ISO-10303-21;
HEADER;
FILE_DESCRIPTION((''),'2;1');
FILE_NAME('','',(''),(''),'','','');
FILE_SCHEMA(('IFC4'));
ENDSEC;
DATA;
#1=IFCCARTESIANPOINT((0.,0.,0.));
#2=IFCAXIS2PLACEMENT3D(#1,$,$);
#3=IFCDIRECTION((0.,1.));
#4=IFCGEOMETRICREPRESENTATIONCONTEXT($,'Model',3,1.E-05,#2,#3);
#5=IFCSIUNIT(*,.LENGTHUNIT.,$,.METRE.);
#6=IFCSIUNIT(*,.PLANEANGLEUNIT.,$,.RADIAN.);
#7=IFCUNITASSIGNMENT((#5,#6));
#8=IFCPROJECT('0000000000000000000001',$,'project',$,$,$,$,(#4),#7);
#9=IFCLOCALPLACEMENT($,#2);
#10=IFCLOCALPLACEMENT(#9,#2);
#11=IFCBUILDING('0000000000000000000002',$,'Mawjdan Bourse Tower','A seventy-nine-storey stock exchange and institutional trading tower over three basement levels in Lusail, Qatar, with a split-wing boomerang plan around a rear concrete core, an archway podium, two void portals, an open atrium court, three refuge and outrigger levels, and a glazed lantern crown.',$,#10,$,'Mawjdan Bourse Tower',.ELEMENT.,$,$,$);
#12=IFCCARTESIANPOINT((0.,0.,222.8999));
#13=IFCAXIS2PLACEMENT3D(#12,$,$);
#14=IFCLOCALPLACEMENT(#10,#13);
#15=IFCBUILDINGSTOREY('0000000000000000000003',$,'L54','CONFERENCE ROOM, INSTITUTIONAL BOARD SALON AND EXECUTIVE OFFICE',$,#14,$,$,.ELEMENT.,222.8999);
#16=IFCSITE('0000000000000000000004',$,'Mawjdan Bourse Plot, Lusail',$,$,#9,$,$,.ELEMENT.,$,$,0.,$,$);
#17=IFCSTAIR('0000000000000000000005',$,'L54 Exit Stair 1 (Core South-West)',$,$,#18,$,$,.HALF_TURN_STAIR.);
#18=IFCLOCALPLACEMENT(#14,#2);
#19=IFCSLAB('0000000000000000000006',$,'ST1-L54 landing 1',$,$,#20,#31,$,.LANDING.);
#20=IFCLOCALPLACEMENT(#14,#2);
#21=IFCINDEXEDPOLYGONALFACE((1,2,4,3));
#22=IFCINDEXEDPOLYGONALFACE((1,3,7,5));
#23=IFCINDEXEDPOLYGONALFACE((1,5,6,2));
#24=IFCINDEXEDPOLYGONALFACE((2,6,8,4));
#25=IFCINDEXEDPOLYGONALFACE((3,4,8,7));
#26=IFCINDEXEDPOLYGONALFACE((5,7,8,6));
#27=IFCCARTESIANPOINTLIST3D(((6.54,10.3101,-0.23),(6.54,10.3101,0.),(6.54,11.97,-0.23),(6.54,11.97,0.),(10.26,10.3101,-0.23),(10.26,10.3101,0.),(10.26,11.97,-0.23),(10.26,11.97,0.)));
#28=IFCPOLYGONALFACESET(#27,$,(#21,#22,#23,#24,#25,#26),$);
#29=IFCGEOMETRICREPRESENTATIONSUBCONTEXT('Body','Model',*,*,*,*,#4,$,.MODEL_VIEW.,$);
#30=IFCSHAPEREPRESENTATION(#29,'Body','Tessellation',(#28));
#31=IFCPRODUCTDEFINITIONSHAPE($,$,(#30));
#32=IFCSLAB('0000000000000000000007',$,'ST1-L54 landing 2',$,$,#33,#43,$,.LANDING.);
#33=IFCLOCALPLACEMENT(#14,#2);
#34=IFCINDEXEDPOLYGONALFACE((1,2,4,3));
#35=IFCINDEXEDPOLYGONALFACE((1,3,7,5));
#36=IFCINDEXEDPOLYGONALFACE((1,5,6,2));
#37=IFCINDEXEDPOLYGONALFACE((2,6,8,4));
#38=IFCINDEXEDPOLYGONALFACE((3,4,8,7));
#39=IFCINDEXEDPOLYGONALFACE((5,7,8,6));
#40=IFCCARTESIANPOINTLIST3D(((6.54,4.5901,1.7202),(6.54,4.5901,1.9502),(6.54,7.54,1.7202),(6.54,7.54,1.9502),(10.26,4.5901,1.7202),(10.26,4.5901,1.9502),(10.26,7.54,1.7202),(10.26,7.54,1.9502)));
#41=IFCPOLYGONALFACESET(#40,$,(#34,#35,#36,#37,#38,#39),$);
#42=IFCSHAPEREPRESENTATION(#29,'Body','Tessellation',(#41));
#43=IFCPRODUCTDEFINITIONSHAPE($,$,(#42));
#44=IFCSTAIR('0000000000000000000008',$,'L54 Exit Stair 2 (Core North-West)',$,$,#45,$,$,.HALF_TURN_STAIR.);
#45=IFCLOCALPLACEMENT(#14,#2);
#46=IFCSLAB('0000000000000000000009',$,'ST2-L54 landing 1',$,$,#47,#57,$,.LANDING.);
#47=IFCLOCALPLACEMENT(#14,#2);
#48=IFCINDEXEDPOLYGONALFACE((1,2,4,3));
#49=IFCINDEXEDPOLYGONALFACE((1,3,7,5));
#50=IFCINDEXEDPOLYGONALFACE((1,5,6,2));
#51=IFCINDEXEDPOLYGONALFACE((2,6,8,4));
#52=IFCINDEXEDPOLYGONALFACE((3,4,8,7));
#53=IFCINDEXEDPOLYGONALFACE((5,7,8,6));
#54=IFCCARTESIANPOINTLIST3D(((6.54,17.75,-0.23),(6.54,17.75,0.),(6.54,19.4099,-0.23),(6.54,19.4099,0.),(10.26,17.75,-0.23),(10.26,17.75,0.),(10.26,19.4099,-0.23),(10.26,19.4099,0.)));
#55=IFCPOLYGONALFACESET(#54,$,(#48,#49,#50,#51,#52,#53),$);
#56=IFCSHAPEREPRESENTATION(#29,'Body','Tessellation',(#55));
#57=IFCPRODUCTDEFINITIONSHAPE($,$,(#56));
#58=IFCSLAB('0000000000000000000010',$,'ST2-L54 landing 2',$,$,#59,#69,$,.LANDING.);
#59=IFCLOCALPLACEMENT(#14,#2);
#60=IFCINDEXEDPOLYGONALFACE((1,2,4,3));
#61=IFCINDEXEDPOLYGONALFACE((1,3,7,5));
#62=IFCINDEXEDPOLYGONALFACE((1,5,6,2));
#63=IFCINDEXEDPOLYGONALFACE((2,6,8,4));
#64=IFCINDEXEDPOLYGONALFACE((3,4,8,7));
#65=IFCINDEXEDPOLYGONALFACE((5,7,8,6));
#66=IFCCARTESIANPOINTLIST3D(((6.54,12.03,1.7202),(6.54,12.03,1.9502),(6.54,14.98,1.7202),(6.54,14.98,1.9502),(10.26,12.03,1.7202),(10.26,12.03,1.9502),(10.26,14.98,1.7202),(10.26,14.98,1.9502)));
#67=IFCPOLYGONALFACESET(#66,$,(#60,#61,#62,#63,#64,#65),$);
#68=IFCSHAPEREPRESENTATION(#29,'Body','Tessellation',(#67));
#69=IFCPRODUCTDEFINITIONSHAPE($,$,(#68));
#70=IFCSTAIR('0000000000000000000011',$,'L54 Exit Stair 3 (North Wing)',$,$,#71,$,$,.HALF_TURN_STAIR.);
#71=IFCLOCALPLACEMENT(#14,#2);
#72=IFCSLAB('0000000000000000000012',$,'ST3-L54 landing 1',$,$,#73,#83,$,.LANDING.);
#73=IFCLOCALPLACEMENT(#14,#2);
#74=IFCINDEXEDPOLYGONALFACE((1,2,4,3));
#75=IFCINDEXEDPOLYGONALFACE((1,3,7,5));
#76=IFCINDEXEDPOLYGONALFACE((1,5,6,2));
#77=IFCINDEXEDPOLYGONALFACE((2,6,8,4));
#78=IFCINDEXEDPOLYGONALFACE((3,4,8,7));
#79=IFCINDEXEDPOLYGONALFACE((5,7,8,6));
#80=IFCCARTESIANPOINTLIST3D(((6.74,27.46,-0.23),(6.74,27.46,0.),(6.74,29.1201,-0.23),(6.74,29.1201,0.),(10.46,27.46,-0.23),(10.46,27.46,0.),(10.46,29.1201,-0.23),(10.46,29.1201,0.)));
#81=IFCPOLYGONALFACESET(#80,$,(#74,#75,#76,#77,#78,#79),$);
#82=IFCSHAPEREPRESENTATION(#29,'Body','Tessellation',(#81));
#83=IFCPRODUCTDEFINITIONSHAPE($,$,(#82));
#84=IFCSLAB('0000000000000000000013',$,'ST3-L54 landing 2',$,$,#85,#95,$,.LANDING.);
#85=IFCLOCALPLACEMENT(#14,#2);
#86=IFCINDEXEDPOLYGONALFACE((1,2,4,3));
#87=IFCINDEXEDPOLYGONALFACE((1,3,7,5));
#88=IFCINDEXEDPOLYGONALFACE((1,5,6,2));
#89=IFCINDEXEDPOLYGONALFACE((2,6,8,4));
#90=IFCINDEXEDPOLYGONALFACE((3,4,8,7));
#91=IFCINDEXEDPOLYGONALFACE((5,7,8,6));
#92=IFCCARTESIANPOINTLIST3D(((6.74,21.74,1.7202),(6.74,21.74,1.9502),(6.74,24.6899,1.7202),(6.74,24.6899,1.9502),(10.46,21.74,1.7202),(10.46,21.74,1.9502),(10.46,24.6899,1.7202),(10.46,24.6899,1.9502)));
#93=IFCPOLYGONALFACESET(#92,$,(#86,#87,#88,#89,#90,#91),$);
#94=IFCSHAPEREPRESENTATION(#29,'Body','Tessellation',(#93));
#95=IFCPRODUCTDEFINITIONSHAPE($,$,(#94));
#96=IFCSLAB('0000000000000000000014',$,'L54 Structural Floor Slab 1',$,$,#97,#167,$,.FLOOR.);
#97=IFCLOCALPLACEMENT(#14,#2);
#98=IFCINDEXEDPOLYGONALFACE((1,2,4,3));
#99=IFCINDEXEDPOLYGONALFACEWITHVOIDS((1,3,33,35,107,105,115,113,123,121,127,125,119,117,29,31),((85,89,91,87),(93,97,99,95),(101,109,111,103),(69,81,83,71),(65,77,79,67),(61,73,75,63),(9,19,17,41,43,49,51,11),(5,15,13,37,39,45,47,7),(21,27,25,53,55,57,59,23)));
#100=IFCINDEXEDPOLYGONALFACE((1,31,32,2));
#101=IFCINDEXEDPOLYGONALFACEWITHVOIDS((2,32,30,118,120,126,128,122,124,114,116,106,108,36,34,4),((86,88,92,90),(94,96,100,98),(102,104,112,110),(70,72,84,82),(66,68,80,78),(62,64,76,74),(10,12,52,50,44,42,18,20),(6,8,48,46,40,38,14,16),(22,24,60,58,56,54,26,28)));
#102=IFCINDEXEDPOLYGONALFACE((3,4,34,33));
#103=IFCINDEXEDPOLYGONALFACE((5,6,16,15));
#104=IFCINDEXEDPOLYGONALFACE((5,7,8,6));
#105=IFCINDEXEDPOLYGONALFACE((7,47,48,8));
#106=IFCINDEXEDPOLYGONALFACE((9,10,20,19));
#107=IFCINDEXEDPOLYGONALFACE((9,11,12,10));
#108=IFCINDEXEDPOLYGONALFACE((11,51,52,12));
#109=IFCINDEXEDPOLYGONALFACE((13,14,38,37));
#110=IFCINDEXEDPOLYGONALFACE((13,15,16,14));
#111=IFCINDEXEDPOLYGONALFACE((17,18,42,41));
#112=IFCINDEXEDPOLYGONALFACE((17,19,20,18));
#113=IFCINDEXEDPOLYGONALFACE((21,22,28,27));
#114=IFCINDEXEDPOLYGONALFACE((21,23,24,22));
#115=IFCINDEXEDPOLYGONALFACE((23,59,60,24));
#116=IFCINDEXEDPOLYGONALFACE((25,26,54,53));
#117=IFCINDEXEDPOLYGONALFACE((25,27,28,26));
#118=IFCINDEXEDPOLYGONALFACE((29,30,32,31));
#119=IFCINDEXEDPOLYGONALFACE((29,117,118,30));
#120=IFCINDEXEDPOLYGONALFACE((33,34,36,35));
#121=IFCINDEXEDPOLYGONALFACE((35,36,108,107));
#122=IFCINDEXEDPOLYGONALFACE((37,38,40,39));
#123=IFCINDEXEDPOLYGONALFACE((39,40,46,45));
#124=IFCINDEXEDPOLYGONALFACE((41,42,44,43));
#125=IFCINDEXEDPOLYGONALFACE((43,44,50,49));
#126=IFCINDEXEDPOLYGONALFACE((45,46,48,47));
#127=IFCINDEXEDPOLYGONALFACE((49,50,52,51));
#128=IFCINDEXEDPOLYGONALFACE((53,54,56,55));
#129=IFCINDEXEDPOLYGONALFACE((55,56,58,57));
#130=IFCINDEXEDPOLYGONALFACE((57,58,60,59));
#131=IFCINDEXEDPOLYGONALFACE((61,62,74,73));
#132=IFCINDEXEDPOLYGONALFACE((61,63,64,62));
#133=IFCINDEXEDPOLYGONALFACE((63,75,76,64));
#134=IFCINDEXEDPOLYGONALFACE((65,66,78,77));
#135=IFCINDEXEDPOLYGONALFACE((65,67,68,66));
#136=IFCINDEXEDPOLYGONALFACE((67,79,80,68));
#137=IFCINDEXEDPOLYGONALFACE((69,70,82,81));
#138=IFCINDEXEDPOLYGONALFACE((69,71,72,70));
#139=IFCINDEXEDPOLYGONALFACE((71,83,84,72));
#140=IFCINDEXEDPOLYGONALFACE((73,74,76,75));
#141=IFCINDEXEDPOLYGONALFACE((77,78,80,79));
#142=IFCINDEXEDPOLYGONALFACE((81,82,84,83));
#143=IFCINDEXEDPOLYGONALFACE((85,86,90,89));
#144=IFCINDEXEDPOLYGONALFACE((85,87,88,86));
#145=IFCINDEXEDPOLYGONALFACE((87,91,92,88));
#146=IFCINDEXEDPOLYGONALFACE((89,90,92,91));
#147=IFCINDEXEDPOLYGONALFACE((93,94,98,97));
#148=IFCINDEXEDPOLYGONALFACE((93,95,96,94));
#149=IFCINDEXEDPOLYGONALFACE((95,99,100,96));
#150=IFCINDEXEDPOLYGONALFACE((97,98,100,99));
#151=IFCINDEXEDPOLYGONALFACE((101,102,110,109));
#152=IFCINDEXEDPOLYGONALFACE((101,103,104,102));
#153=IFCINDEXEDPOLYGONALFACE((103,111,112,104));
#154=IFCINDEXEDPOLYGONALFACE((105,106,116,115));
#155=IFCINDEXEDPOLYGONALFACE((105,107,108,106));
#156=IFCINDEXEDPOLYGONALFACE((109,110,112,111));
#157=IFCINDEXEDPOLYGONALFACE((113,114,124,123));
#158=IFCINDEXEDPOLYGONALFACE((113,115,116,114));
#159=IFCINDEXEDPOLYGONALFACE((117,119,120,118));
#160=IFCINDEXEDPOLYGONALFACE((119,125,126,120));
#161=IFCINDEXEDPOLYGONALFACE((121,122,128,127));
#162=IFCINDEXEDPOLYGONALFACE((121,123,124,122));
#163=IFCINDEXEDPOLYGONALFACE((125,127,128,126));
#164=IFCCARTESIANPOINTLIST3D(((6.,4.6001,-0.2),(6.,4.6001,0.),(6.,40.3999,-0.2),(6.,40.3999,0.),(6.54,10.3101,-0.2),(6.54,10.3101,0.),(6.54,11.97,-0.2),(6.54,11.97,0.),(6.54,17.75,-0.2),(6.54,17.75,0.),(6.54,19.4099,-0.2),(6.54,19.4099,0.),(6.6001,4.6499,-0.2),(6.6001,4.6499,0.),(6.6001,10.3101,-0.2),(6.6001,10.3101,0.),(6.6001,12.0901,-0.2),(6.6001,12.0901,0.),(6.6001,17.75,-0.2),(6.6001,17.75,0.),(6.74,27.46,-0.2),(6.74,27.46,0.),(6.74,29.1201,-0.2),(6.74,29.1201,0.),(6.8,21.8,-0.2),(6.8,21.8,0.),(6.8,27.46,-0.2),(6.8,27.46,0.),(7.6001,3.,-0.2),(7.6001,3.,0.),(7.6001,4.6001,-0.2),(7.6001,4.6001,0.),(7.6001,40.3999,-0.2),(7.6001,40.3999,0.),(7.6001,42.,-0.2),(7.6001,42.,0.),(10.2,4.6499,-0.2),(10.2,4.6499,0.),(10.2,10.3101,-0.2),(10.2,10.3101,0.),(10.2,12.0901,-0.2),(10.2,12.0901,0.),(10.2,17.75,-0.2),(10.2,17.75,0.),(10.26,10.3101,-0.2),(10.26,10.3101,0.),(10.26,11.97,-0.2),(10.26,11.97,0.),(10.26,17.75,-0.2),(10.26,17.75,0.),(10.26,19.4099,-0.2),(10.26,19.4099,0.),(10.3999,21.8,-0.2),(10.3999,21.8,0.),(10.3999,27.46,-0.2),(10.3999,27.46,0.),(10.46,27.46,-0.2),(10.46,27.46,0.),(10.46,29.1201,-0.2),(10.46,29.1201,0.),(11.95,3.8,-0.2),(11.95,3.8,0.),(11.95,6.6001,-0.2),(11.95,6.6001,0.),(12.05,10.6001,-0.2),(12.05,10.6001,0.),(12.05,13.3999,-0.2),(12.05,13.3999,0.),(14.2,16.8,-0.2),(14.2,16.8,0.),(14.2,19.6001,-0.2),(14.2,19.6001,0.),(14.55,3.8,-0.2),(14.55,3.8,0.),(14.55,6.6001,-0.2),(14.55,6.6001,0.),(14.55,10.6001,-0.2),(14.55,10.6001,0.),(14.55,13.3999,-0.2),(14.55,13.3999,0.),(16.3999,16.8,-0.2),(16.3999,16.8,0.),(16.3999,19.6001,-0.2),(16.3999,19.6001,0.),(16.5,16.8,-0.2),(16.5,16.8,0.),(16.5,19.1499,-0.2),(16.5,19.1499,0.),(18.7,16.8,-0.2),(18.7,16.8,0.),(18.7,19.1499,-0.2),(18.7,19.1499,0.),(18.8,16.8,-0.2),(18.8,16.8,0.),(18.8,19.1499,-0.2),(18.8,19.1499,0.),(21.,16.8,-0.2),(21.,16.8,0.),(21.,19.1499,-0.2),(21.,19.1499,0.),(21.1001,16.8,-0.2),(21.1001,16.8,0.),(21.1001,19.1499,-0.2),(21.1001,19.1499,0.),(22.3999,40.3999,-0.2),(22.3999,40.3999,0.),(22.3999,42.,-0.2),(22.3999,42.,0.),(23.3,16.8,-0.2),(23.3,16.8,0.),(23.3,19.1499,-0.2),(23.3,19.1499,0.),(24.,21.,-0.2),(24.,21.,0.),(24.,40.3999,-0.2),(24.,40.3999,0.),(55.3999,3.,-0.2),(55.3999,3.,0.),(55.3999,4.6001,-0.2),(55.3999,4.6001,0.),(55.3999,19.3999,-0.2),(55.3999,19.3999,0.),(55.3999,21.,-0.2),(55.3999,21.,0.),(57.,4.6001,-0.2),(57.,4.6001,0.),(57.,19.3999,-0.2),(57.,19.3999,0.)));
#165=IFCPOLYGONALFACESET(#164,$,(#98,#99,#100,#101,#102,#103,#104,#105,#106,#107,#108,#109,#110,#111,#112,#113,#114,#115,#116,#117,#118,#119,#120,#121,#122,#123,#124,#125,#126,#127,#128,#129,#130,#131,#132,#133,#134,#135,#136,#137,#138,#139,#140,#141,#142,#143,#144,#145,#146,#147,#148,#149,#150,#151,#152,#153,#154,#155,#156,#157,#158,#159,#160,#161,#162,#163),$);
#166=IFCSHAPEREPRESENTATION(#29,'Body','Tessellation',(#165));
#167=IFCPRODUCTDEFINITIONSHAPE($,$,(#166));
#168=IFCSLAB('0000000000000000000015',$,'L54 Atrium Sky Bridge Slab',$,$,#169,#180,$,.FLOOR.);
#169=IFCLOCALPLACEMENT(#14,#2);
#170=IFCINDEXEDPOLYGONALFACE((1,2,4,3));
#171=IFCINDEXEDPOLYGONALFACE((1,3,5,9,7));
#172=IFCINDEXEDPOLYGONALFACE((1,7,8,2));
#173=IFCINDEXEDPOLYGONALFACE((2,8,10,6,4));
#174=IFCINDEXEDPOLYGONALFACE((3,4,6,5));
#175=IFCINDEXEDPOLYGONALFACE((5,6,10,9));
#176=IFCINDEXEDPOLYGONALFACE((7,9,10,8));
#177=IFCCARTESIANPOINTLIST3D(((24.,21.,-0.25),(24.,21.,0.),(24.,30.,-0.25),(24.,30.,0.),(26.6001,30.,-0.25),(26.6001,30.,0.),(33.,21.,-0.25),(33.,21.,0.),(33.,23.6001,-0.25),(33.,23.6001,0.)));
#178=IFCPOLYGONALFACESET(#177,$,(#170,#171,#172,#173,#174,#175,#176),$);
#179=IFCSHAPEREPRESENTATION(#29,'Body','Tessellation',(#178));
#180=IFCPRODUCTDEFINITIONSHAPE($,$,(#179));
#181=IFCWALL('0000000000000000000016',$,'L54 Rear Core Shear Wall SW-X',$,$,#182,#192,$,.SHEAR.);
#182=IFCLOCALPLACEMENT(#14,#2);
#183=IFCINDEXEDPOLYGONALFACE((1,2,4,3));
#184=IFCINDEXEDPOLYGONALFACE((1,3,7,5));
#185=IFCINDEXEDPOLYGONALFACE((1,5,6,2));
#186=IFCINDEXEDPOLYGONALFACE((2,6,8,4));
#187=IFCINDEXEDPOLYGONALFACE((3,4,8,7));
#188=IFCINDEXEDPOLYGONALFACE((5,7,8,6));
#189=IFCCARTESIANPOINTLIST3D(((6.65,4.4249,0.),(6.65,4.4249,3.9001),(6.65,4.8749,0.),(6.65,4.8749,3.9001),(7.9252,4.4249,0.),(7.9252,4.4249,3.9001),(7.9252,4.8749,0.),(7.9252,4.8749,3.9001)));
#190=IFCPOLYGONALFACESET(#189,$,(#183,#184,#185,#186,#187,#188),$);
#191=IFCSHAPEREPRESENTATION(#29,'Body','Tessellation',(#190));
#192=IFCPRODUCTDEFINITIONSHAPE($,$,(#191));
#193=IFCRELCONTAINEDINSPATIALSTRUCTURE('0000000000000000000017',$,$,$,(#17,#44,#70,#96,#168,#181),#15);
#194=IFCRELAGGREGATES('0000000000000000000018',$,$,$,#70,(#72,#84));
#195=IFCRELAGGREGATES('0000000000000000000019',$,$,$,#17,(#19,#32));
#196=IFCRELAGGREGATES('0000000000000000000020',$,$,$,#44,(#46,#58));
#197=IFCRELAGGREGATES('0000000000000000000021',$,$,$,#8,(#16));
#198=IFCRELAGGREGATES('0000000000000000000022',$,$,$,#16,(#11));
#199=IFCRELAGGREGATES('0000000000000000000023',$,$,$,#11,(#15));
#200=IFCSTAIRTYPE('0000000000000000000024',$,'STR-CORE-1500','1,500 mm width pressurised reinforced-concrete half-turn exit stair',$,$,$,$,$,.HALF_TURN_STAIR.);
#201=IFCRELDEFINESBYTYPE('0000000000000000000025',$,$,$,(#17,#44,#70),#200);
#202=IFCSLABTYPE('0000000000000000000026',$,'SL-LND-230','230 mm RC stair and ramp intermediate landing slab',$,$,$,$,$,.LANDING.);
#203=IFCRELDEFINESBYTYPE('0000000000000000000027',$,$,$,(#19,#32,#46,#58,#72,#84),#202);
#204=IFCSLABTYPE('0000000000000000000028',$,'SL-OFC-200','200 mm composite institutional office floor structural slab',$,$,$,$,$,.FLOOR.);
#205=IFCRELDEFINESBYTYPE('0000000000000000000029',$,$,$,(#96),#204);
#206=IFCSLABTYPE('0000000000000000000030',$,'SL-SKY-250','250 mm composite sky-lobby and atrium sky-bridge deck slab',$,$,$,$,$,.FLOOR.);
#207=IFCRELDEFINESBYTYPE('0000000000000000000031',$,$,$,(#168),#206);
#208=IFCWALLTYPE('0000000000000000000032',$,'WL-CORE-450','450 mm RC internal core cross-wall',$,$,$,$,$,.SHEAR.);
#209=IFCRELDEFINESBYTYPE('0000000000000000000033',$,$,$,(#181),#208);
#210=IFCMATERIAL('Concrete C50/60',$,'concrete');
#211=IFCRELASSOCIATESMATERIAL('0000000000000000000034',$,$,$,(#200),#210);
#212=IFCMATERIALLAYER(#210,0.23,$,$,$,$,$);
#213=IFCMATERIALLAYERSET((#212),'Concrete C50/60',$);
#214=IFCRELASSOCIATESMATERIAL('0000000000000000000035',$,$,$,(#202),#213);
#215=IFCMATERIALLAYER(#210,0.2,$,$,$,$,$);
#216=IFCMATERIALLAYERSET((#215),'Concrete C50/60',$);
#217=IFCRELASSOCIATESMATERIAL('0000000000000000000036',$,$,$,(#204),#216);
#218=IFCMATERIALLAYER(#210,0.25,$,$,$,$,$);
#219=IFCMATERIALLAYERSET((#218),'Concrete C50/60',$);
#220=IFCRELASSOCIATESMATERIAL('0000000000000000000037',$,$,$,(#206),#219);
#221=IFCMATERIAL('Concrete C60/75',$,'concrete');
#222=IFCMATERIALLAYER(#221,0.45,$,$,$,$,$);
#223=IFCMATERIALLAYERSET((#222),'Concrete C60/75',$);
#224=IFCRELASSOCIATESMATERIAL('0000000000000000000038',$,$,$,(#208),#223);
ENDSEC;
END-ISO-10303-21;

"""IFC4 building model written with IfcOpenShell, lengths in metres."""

from ifc_helpers import new_model, si_unit, direction, frame, frame_2d, origin, place, context, subcontext, project, spatial, polyline, rectangle, outline, extrude, material, layer, layer_set, type_object, element, aggregate, save


model = new_model("IFC4")

# Units and contexts
model_context = context("Model", 3, precision=1e-05, world=origin(), true_north=direction((0.0, 1.0)))
body_context = subcontext(model_context, "Body", "Model", "MODEL_VIEW")
ifc_project = project(units=[si_unit("LENGTHUNIT", "METRE"), si_unit("PLANEANGLEUNIT", "RADIAN")], contexts=[model_context])

# Site, building, storey
site_placement = place(None, origin())
site = spatial("IfcSite", under=ifc_project, at=site_placement, Name="Mawjdan Bourse Plot, Lusail", CompositionType="ELEMENT", RefElevation=0.0)
building_placement = place(site_placement, origin())
building = spatial("IfcBuilding", under=site, at=building_placement, Name="Mawjdan Bourse Tower", Description="A seventy-nine-storey stock exchange and institutional trading tower over three basement levels in Lusail, Qatar, with a split-wing boomerang plan around a rear concrete core, an archway podium, two void portals, an open atrium court, three refuge and outrigger levels, and a glazed lantern crown.", LongName="Mawjdan Bourse Tower", CompositionType="ELEMENT")
storey_placement = place(building_placement, frame((0.0, 0.0, 222.8999)))
storey = spatial("IfcBuildingStorey", under=building, at=storey_placement, Name="L54", Description="CONFERENCE ROOM, INSTITUTIONAL BOARD SALON AND EXECUTIVE OFFICE", CompositionType="ELEMENT", Elevation=222.8999)

# Stairs, slabs
ifc_material_1 = material(Name="Concrete C50/60", Category="concrete")
stair_type = type_object("IfcStairType", Name="STR-CORE-1500", Description="1,500 mm width pressurised reinforced-concrete half-turn exit stair", PredefinedType="HALF_TURN_STAIR", material=ifc_material_1)
stair_1_placement = place(storey_placement, origin())
stair_1 = element("IfcStair", 1, at=stair_1_placement, inside=storey, type_object=stair_type, Name="L54 Exit Stair 1 (Core South-West)", PredefinedType="HALF_TURN_STAIR")
ifc_layer_1 = layer(ifc_material_1, 0.23)
ifc_layer_set_1 = layer_set([ifc_layer_1], Name="Concrete C50/60")
slab_type_1 = type_object("IfcSlabType", Name="SL-LND-230", Description="230 mm RC stair and ramp intermediate landing slab", PredefinedType="LANDING", material=ifc_layer_set_1)
slab_1_placement = place(storey_placement, frame((0.0, 0.0, -0.23)))
slab_1 = element("IfcSlab", 2, at=slab_1_placement, type_object=slab_type_1, Name="ST1-L54 landing 1", PredefinedType="LANDING", context=body_context, shape_type="SweptSolid", body=[
    extrude(outline(polyline([(6.54, 10.3101), (10.26, 10.3101), (10.26, 11.97), (6.54, 11.97), (6.54, 10.3101)])), origin(), (0.0, 0.0, 1.0), 0.23),
])
slab_2_placement = place(storey_placement, frame((0.0, 0.0, 1.7202)))
slab_2 = element("IfcSlab", 3, at=slab_2_placement, type_object=slab_type_1, Name="ST1-L54 landing 2", PredefinedType="LANDING", context=body_context, shape_type="SweptSolid", body=[
    extrude(outline(polyline([(6.54, 4.5901), (10.26, 4.5901), (10.26, 7.54), (6.54, 7.54), (6.54, 4.5901)])), origin(), (0.0, 0.0, 1.0), 0.23),
])
stair_2_placement = place(storey_placement, origin())
stair_2 = element("IfcStair", 4, at=stair_2_placement, inside=storey, type_object=stair_type, Name="L54 Exit Stair 2 (Core North-West)", PredefinedType="HALF_TURN_STAIR")
slab_3_placement = place(storey_placement, frame((0.0, 0.0, -0.23)))
slab_3 = element("IfcSlab", 5, at=slab_3_placement, type_object=slab_type_1, Name="ST2-L54 landing 1", PredefinedType="LANDING", context=body_context, shape_type="SweptSolid", body=[
    extrude(outline(polyline([(6.54, 17.75), (10.26, 17.75), (10.26, 19.4099), (6.54, 19.4099), (6.54, 17.75)])), origin(), (0.0, 0.0, 1.0), 0.23),
])
slab_4_placement = place(storey_placement, frame((0.0, 0.0, 1.7202)))
slab_4 = element("IfcSlab", 6, at=slab_4_placement, type_object=slab_type_1, Name="ST2-L54 landing 2", PredefinedType="LANDING", context=body_context, shape_type="SweptSolid", body=[
    extrude(outline(polyline([(6.54, 12.03), (10.26, 12.03), (10.26, 14.98), (6.54, 14.98), (6.54, 12.03)])), origin(), (0.0, 0.0, 1.0), 0.23),
])
stair_3_placement = place(storey_placement, origin())
stair_3 = element("IfcStair", 7, at=stair_3_placement, inside=storey, type_object=stair_type, Name="L54 Exit Stair 3 (North Wing)", PredefinedType="HALF_TURN_STAIR")
slab_5_placement = place(storey_placement, frame((0.0, 0.0, -0.23)))
slab_5 = element("IfcSlab", 8, at=slab_5_placement, type_object=slab_type_1, Name="ST3-L54 landing 1", PredefinedType="LANDING", context=body_context, shape_type="SweptSolid", body=[
    extrude(outline(polyline([(6.74, 27.46), (10.46, 27.46), (10.46, 29.1201), (6.74, 29.1201), (6.74, 27.46)])), origin(), (0.0, 0.0, 1.0), 0.23),
])
slab_6_placement = place(storey_placement, frame((0.0, 0.0, 1.7202)))
slab_6 = element("IfcSlab", 9, at=slab_6_placement, type_object=slab_type_1, Name="ST3-L54 landing 2", PredefinedType="LANDING", context=body_context, shape_type="SweptSolid", body=[
    extrude(outline(polyline([(6.74, 21.74), (10.46, 21.74), (10.46, 24.6899), (6.74, 24.6899), (6.74, 21.74)])), origin(), (0.0, 0.0, 1.0), 0.23),
])
aggregate(stair_3, [slab_5, slab_6])

# Slabs
ifc_layer_2 = layer(ifc_material_1, 0.2)
ifc_layer_set_2 = layer_set([ifc_layer_2], Name="Concrete C50/60")
slab_type_2 = type_object("IfcSlabType", Name="SL-OFC-200", Description="200 mm composite institutional office floor structural slab", PredefinedType="FLOOR", material=ifc_layer_set_2)
slab_7_placement = place(storey_placement, frame((0.0, 0.0, -0.2)))
element("IfcSlab", 10, at=slab_7_placement, inside=storey, type_object=slab_type_2, Name="L54 Structural Floor Slab 1", PredefinedType="FLOOR", context=body_context, shape_type="SweptSolid", body=[
    extrude(outline(polyline([(7.6001, 3.0), (55.3999, 3.0), (55.3999, 4.6001), (57.0, 4.6001), (57.0, 19.3999), (55.3999, 19.3999), (55.3999, 21.0), (24.0, 21.0), (24.0, 40.3999), (22.3999, 40.3999), (22.3999, 42.0), (7.6001, 42.0), (7.6001, 40.3999), (6.0, 40.3999), (6.0, 4.6001), (7.6001, 4.6001), (7.6001, 3.0)]), holes=[polyline([(6.54, 11.97), (10.26, 11.97), (10.26, 10.3101), (10.2, 10.3101), (10.2, 4.6499), (6.6001, 4.6499), (6.6001, 10.3101), (6.54, 10.3101), (6.54, 11.97)]), polyline([(6.6001, 12.0901), (6.6001, 17.75), (6.54, 17.75), (6.54, 19.4099), (10.26, 19.4099), (10.26, 17.75), (10.2, 17.75), (10.2, 12.0901), (6.6001, 12.0901)]), polyline([(10.46, 29.1201), (10.46, 27.46), (10.3999, 27.46), (10.3999, 21.8), (6.8, 21.8), (6.8, 27.46), (6.74, 27.46), (6.74, 29.1201), (10.46, 29.1201)]), polyline([(14.55, 3.8), (11.95, 3.8), (11.95, 6.6001), (14.55, 6.6001), (14.55, 3.8)]), polyline([(12.05, 10.6001), (12.05, 13.3999), (14.55, 13.3999), (14.55, 10.6001), (12.05, 10.6001)]), polyline([(16.5, 16.8), (16.5, 19.1499), (18.7, 19.1499), (18.7, 16.8), (16.5, 16.8)]), polyline([(21.0, 16.8), (18.8, 16.8), (18.8, 19.1499), (21.0, 19.1499), (21.0, 16.8)]), polyline([(21.1001, 16.8), (21.1001, 19.1499), (23.3, 19.1499), (23.3, 16.8), (21.1001, 16.8)]), polyline([(14.2, 16.8), (14.2, 19.6001), (16.3999, 19.6001), (16.3999, 16.8), (14.2, 16.8)])]), origin(), (0.0, 0.0, 1.0), 0.2),
])
ifc_layer_3 = layer(ifc_material_1, 0.25)
ifc_layer_set_3 = layer_set([ifc_layer_3], Name="Concrete C50/60")
slab_type_3 = type_object("IfcSlabType", Name="SL-SKY-250", Description="250 mm composite sky-lobby and atrium sky-bridge deck slab", PredefinedType="FLOOR", material=ifc_layer_set_3)
slab_8_placement = place(storey_placement, frame((0.0, 0.0, -0.25)))
element("IfcSlab", 11, at=slab_8_placement, inside=storey, type_object=slab_type_3, Name="L54 Atrium Sky Bridge Slab", PredefinedType="FLOOR", context=body_context, shape_type="SweptSolid", body=[
    extrude(outline(polyline([(24.0, 21.0), (33.0, 21.0), (33.0, 23.6001), (26.6001, 30.0), (24.0, 30.0), (24.0, 21.0)])), origin(), (0.0, 0.0, 1.0), 0.25),
])

# Wall
ifc_material_2 = material(Name="Concrete C60/75", Category="concrete")
ifc_layer_4 = layer(ifc_material_2, 0.45)
ifc_layer_set_4 = layer_set([ifc_layer_4], Name="Concrete C60/75")
wall_type_1 = type_object("IfcWallType", Name="WL-CORE-450", Description="450 mm RC internal core cross-wall", PredefinedType="SHEAR", material=ifc_layer_set_4)
wall_1_placement = place(storey_placement, frame((6.6499, 4.6499, 0.0), z_axis=(0.0, 0.0, 1.0), x_axis=(1.0, 0.0, 0.0)))
element("IfcWall", 12, at=wall_1_placement, inside=storey, type_object=wall_type_1, Name="L54 Rear Core Shear Wall SW-X", PredefinedType="SHEAR", context=body_context, shape_type="SweptSolid", body=[
    extrude(rectangle(XDim=1.2751, YDim=0.45, at=frame_2d((0.6377, 0.0))), origin(), (0.0, 0.0, 1.0), 3.9001),
])

aggregate(stair_1, [slab_1, slab_2])
aggregate(stair_2, [slab_3, slab_4])

save(model, "model.ifc")
